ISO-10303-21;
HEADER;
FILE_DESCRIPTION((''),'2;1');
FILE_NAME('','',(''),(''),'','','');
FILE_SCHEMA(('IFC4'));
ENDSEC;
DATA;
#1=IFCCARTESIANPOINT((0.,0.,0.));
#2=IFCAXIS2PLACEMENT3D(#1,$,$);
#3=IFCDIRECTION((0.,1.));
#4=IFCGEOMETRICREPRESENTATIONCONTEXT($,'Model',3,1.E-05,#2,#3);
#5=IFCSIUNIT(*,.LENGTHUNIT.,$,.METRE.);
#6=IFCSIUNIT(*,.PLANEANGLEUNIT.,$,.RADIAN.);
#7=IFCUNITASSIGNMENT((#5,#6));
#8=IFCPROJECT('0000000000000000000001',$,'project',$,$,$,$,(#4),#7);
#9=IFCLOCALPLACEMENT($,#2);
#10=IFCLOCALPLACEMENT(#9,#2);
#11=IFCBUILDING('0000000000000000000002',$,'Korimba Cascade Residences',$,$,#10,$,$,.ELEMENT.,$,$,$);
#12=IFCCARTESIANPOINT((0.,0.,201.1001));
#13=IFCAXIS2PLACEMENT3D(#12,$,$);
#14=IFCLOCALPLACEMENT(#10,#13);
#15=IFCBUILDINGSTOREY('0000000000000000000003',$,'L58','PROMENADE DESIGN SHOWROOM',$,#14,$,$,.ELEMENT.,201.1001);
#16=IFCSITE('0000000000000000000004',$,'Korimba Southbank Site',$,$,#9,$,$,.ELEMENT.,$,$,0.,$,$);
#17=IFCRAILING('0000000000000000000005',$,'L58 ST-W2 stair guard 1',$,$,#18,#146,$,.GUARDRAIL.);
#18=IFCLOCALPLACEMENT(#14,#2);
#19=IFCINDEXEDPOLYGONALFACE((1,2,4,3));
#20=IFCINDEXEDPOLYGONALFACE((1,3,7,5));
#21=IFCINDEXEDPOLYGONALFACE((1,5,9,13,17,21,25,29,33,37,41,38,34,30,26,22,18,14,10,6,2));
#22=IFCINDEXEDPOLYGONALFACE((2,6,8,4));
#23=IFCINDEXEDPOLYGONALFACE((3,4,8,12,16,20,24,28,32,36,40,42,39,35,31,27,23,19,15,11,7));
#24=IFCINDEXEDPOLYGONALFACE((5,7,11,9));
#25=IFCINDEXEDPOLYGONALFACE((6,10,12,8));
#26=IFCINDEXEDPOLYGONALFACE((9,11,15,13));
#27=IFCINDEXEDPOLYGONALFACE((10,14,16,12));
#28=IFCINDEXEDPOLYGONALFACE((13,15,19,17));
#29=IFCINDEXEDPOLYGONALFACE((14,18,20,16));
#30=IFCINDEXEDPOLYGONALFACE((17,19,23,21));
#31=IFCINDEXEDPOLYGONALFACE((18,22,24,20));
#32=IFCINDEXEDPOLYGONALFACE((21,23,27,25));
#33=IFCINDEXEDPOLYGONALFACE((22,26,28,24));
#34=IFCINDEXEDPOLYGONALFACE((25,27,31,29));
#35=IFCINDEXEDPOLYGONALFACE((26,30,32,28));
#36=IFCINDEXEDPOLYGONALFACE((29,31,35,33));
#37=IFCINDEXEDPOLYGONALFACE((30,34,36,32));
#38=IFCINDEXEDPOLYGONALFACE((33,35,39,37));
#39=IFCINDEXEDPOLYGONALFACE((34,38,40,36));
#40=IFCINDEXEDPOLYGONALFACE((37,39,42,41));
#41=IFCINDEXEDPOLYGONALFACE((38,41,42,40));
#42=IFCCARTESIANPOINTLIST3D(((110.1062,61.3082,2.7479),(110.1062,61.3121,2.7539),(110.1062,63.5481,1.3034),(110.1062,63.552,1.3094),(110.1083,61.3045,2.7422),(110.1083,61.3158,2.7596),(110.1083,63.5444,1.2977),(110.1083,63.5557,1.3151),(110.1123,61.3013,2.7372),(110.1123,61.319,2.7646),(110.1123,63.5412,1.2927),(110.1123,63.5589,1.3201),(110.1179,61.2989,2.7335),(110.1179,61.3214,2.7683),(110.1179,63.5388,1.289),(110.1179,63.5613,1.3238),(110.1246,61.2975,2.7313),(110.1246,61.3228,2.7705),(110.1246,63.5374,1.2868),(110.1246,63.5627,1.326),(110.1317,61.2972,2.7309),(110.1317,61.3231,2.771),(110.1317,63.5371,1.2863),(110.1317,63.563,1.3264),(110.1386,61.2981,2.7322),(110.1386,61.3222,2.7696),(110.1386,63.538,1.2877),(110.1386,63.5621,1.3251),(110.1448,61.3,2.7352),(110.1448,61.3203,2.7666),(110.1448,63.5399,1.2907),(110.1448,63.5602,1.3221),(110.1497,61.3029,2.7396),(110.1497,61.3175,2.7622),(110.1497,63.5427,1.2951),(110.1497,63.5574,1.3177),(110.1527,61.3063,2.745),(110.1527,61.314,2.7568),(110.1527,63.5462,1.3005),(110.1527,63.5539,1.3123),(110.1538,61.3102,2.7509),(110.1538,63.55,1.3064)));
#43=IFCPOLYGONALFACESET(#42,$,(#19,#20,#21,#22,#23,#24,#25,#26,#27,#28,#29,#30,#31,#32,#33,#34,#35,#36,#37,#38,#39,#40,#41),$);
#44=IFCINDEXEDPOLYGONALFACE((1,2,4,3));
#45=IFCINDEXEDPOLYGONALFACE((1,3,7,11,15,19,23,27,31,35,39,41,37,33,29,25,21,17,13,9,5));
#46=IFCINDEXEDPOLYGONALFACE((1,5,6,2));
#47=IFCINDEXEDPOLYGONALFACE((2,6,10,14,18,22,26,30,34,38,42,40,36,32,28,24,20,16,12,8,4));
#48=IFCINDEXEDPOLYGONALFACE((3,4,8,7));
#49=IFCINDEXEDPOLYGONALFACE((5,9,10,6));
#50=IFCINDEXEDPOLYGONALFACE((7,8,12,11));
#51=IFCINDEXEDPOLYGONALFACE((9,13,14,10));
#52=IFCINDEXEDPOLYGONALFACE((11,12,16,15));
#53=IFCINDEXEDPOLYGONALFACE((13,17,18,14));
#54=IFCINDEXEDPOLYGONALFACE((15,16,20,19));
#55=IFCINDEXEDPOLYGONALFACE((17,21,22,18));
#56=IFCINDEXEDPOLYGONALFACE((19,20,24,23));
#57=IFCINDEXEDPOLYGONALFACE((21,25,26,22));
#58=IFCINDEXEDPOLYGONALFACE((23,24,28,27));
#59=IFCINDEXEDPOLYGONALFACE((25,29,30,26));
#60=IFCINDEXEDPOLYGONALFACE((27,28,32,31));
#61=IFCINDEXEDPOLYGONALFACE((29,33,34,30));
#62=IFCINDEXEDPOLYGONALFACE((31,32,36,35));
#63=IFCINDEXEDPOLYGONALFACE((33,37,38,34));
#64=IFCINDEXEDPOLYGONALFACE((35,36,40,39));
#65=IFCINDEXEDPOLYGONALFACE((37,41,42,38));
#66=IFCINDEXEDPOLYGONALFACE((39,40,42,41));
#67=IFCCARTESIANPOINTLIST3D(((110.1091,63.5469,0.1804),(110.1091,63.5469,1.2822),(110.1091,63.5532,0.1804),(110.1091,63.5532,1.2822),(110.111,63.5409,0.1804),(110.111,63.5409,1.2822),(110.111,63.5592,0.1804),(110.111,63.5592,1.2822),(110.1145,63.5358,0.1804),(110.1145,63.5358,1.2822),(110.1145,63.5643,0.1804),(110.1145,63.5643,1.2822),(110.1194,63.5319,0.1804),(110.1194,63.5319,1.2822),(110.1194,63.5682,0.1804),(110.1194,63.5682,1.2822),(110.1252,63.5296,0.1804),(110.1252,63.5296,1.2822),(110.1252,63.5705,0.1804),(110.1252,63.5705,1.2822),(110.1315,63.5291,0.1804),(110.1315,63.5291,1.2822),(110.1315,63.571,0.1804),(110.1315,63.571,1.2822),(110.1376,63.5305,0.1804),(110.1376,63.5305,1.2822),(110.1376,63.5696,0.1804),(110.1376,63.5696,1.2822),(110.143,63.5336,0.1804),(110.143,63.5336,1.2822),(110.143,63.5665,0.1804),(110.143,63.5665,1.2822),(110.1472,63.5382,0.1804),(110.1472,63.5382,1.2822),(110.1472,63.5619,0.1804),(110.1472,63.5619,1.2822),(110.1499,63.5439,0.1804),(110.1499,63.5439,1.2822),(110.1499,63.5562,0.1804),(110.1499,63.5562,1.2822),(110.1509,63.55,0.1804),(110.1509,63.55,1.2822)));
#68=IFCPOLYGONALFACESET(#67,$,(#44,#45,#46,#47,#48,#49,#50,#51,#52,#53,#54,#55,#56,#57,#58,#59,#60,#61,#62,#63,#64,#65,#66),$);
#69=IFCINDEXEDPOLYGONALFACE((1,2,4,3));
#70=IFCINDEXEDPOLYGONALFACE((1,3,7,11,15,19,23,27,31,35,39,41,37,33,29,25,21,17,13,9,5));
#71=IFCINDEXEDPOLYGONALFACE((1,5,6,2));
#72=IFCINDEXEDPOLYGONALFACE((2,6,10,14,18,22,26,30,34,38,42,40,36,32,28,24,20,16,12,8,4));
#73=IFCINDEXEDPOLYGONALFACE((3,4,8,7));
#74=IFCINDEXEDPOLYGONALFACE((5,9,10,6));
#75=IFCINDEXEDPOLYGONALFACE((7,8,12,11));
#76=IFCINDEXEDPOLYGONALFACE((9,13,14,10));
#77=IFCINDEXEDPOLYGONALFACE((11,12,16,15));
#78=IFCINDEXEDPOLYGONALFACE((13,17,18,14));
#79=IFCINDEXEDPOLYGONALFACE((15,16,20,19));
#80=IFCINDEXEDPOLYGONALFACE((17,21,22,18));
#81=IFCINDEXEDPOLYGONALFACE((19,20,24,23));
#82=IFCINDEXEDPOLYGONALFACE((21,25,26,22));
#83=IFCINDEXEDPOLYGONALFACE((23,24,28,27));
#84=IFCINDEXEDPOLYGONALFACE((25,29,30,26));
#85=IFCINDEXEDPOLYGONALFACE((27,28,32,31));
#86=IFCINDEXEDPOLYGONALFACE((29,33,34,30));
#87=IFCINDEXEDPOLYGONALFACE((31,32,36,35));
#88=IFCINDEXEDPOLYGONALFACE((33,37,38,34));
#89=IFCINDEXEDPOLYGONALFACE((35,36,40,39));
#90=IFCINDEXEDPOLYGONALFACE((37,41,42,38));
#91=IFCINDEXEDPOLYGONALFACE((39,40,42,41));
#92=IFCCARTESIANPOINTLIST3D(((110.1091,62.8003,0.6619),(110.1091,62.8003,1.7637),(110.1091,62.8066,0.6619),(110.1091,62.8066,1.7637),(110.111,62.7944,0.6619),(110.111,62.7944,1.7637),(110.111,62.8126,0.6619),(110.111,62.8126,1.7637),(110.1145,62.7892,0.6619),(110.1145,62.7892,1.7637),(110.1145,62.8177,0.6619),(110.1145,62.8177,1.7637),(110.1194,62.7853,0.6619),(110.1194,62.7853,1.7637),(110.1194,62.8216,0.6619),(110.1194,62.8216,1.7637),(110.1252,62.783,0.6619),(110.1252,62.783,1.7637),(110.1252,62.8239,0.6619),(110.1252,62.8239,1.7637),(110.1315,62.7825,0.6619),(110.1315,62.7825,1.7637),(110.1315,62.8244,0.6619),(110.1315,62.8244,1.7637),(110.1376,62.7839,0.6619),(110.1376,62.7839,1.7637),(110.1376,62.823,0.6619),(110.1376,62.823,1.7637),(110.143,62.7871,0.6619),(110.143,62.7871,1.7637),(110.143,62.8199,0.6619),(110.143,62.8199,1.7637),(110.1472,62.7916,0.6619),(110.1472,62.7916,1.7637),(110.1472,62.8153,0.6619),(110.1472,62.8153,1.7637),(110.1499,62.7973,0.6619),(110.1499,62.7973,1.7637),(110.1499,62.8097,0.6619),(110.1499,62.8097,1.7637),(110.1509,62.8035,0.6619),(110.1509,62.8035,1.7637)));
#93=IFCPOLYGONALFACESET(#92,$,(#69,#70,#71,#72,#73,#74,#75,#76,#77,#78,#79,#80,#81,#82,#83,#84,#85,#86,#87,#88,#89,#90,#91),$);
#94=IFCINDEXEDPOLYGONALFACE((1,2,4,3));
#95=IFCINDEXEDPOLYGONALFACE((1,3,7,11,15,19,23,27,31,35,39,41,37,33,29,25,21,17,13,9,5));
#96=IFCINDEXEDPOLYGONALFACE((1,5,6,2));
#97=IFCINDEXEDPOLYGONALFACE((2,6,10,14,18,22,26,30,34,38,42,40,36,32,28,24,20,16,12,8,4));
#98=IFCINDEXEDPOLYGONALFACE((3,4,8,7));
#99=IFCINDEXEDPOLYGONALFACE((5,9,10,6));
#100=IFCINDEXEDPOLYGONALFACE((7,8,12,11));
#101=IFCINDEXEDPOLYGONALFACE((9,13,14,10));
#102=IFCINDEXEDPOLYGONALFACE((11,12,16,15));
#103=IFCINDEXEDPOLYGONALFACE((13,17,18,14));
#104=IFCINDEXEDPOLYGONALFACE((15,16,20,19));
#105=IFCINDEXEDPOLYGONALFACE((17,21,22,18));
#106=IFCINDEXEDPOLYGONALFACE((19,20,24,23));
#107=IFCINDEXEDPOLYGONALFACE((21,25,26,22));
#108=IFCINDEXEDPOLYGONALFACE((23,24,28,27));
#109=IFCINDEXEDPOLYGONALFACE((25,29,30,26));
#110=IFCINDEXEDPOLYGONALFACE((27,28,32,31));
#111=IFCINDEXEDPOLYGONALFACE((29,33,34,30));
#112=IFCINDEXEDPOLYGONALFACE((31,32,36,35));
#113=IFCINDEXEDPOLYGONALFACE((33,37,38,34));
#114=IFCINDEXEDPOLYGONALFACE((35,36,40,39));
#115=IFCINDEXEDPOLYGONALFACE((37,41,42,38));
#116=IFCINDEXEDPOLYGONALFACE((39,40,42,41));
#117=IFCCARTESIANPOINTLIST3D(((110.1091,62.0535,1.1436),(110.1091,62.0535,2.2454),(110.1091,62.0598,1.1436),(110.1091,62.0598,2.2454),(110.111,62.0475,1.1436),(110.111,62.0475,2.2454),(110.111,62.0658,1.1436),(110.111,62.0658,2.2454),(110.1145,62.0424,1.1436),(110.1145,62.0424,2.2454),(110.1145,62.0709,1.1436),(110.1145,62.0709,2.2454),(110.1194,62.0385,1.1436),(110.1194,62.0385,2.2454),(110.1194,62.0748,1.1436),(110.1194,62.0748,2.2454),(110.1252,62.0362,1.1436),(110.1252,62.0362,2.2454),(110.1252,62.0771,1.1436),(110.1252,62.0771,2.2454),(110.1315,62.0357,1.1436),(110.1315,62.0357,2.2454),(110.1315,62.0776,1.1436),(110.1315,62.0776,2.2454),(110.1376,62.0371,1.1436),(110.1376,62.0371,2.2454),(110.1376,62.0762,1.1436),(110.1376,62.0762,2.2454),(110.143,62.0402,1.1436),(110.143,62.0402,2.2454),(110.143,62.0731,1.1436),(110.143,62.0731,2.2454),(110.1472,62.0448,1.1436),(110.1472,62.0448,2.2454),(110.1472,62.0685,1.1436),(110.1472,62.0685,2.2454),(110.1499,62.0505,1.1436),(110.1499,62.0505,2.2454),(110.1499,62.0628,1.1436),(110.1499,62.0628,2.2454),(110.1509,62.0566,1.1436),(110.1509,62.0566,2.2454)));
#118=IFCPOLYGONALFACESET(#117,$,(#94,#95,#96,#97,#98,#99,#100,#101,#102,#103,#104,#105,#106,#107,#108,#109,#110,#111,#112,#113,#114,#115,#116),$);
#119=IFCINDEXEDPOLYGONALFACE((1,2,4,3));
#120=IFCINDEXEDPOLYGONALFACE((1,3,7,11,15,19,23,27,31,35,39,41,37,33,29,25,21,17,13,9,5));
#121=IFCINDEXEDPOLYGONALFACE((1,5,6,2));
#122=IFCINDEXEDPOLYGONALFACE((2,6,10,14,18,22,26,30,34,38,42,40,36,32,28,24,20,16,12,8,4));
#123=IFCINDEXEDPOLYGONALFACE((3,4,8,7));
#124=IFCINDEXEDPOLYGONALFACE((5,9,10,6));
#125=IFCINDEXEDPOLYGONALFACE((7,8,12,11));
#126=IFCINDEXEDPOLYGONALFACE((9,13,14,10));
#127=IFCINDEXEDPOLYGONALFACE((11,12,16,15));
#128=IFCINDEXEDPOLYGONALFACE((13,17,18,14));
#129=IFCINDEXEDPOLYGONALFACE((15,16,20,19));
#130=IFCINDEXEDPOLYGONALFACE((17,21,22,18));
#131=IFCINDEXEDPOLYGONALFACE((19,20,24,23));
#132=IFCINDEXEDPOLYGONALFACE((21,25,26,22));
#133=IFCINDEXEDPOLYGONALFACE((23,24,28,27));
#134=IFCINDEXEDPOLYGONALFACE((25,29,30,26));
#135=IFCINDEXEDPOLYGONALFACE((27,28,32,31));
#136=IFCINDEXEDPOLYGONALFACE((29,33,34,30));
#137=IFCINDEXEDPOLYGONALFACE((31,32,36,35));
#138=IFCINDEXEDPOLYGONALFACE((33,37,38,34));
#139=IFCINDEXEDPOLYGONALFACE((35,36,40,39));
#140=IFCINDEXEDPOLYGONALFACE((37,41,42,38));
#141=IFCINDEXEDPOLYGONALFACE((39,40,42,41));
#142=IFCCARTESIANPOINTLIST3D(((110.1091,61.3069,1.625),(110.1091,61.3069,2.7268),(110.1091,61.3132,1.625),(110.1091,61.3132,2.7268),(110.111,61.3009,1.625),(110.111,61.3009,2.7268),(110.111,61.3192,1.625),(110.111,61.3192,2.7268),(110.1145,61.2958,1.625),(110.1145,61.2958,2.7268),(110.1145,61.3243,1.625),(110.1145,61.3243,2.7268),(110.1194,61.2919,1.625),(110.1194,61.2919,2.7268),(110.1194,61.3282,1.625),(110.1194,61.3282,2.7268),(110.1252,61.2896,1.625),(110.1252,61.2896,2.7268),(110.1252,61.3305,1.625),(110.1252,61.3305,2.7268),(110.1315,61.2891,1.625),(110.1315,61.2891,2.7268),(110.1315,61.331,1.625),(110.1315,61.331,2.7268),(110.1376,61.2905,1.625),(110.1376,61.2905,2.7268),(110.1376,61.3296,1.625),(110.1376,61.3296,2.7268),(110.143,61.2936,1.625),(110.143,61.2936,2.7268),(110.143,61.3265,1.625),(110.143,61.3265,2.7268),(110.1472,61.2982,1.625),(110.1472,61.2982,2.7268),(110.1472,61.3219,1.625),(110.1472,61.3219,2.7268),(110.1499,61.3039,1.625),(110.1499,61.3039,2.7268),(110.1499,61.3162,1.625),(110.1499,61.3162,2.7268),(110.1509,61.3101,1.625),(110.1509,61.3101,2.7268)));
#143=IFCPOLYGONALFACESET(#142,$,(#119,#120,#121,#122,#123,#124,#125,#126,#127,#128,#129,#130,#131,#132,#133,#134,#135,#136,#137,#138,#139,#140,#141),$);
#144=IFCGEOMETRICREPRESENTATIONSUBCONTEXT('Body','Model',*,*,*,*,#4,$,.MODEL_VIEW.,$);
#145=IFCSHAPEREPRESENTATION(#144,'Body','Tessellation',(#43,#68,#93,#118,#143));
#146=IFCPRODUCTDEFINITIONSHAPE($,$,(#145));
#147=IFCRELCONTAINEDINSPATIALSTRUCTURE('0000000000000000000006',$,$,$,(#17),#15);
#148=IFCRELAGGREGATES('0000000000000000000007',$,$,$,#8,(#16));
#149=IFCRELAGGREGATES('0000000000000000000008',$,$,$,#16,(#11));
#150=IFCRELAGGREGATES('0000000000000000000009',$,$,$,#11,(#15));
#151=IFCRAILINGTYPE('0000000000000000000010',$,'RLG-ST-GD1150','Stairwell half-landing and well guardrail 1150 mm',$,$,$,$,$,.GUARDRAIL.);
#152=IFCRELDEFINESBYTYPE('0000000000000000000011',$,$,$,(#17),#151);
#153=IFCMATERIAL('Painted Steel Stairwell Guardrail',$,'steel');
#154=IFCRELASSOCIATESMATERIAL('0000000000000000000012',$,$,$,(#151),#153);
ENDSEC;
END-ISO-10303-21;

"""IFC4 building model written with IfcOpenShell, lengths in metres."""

from ifc_helpers import new_model, si_unit, direction, frame, origin, origin_2d, place, context, subcontext, project, spatial, circle, extrude, material, type_object, element, save


model = new_model("IFC4")

# Units and contexts
model_context = context("Model", 3, precision=1e-05, world=origin(), true_north=direction((0.0, 1.0)))
body_context = subcontext(model_context, "Body", "Model", "MODEL_VIEW")
ifc_project = project(units=[si_unit("LENGTHUNIT", "METRE"), si_unit("PLANEANGLEUNIT", "RADIAN")], contexts=[model_context])

# Site, building, storey
site_placement = place(None, origin())
site = spatial("IfcSite", under=ifc_project, at=site_placement, Name="Korimba Southbank Site", CompositionType="ELEMENT", RefElevation=0.0)
building_placement = place(site_placement, origin())
building = spatial("IfcBuilding", under=site, at=building_placement, Name="Korimba Cascade Residences", CompositionType="ELEMENT")
storey_placement = place(building_placement, frame((0.0, 0.0, 201.1001)))
storey = spatial("IfcBuildingStorey", under=building, at=storey_placement, Name="L58", Description="PROMENADE DESIGN SHOWROOM", CompositionType="ELEMENT", Elevation=201.1001)

# Railing
ifc_material_1 = material(Name="Painted Steel Stairwell Guardrail", Category="steel")
railing_type_1 = type_object("IfcRailingType", Name="RLG-ST-GD1150", Description="Stairwell half-landing and well guardrail 1150 mm", PredefinedType="GUARDRAIL", material=ifc_material_1)
railing_1_placement = place(storey_placement, frame((110.1299, 63.55, 0.1804)))
element("IfcRailing", 1, at=railing_1_placement, inside=storey, type_object=railing_type_1, Name="L58 ST-W2 stair guard 1", PredefinedType="GUARDRAIL", context=body_context, shape_type="SweptSolid", body=[
    extrude(circle(Radius=0.0239, at=origin_2d()), frame((0.0, 0.0, 1.126), z_axis=(0.0, -0.840395, 0.541975), x_axis=(1.0, 0.0, 0.0)), (0.0, 0.0, 1.0), 2.6653),
    extrude(circle(Radius=0.021, at=origin_2d()), origin(), (0.0, 0.0, 1.0), 1.1018),
    extrude(circle(Radius=0.021, at=origin_2d()), frame((0.0, -0.7466, 0.4814)), (0.0, 0.0, 1.0), 1.1018),
    extrude(circle(Radius=0.021, at=origin_2d()), frame((0.0, -1.4934, 0.9631)), (0.0, 0.0, 1.0), 1.1018),
    extrude(circle(Radius=0.021, at=origin_2d()), frame((0.0, -2.24, 1.4446)), (0.0, 0.0, 1.0), 1.1018),
])

save(model, "model.ifc")
